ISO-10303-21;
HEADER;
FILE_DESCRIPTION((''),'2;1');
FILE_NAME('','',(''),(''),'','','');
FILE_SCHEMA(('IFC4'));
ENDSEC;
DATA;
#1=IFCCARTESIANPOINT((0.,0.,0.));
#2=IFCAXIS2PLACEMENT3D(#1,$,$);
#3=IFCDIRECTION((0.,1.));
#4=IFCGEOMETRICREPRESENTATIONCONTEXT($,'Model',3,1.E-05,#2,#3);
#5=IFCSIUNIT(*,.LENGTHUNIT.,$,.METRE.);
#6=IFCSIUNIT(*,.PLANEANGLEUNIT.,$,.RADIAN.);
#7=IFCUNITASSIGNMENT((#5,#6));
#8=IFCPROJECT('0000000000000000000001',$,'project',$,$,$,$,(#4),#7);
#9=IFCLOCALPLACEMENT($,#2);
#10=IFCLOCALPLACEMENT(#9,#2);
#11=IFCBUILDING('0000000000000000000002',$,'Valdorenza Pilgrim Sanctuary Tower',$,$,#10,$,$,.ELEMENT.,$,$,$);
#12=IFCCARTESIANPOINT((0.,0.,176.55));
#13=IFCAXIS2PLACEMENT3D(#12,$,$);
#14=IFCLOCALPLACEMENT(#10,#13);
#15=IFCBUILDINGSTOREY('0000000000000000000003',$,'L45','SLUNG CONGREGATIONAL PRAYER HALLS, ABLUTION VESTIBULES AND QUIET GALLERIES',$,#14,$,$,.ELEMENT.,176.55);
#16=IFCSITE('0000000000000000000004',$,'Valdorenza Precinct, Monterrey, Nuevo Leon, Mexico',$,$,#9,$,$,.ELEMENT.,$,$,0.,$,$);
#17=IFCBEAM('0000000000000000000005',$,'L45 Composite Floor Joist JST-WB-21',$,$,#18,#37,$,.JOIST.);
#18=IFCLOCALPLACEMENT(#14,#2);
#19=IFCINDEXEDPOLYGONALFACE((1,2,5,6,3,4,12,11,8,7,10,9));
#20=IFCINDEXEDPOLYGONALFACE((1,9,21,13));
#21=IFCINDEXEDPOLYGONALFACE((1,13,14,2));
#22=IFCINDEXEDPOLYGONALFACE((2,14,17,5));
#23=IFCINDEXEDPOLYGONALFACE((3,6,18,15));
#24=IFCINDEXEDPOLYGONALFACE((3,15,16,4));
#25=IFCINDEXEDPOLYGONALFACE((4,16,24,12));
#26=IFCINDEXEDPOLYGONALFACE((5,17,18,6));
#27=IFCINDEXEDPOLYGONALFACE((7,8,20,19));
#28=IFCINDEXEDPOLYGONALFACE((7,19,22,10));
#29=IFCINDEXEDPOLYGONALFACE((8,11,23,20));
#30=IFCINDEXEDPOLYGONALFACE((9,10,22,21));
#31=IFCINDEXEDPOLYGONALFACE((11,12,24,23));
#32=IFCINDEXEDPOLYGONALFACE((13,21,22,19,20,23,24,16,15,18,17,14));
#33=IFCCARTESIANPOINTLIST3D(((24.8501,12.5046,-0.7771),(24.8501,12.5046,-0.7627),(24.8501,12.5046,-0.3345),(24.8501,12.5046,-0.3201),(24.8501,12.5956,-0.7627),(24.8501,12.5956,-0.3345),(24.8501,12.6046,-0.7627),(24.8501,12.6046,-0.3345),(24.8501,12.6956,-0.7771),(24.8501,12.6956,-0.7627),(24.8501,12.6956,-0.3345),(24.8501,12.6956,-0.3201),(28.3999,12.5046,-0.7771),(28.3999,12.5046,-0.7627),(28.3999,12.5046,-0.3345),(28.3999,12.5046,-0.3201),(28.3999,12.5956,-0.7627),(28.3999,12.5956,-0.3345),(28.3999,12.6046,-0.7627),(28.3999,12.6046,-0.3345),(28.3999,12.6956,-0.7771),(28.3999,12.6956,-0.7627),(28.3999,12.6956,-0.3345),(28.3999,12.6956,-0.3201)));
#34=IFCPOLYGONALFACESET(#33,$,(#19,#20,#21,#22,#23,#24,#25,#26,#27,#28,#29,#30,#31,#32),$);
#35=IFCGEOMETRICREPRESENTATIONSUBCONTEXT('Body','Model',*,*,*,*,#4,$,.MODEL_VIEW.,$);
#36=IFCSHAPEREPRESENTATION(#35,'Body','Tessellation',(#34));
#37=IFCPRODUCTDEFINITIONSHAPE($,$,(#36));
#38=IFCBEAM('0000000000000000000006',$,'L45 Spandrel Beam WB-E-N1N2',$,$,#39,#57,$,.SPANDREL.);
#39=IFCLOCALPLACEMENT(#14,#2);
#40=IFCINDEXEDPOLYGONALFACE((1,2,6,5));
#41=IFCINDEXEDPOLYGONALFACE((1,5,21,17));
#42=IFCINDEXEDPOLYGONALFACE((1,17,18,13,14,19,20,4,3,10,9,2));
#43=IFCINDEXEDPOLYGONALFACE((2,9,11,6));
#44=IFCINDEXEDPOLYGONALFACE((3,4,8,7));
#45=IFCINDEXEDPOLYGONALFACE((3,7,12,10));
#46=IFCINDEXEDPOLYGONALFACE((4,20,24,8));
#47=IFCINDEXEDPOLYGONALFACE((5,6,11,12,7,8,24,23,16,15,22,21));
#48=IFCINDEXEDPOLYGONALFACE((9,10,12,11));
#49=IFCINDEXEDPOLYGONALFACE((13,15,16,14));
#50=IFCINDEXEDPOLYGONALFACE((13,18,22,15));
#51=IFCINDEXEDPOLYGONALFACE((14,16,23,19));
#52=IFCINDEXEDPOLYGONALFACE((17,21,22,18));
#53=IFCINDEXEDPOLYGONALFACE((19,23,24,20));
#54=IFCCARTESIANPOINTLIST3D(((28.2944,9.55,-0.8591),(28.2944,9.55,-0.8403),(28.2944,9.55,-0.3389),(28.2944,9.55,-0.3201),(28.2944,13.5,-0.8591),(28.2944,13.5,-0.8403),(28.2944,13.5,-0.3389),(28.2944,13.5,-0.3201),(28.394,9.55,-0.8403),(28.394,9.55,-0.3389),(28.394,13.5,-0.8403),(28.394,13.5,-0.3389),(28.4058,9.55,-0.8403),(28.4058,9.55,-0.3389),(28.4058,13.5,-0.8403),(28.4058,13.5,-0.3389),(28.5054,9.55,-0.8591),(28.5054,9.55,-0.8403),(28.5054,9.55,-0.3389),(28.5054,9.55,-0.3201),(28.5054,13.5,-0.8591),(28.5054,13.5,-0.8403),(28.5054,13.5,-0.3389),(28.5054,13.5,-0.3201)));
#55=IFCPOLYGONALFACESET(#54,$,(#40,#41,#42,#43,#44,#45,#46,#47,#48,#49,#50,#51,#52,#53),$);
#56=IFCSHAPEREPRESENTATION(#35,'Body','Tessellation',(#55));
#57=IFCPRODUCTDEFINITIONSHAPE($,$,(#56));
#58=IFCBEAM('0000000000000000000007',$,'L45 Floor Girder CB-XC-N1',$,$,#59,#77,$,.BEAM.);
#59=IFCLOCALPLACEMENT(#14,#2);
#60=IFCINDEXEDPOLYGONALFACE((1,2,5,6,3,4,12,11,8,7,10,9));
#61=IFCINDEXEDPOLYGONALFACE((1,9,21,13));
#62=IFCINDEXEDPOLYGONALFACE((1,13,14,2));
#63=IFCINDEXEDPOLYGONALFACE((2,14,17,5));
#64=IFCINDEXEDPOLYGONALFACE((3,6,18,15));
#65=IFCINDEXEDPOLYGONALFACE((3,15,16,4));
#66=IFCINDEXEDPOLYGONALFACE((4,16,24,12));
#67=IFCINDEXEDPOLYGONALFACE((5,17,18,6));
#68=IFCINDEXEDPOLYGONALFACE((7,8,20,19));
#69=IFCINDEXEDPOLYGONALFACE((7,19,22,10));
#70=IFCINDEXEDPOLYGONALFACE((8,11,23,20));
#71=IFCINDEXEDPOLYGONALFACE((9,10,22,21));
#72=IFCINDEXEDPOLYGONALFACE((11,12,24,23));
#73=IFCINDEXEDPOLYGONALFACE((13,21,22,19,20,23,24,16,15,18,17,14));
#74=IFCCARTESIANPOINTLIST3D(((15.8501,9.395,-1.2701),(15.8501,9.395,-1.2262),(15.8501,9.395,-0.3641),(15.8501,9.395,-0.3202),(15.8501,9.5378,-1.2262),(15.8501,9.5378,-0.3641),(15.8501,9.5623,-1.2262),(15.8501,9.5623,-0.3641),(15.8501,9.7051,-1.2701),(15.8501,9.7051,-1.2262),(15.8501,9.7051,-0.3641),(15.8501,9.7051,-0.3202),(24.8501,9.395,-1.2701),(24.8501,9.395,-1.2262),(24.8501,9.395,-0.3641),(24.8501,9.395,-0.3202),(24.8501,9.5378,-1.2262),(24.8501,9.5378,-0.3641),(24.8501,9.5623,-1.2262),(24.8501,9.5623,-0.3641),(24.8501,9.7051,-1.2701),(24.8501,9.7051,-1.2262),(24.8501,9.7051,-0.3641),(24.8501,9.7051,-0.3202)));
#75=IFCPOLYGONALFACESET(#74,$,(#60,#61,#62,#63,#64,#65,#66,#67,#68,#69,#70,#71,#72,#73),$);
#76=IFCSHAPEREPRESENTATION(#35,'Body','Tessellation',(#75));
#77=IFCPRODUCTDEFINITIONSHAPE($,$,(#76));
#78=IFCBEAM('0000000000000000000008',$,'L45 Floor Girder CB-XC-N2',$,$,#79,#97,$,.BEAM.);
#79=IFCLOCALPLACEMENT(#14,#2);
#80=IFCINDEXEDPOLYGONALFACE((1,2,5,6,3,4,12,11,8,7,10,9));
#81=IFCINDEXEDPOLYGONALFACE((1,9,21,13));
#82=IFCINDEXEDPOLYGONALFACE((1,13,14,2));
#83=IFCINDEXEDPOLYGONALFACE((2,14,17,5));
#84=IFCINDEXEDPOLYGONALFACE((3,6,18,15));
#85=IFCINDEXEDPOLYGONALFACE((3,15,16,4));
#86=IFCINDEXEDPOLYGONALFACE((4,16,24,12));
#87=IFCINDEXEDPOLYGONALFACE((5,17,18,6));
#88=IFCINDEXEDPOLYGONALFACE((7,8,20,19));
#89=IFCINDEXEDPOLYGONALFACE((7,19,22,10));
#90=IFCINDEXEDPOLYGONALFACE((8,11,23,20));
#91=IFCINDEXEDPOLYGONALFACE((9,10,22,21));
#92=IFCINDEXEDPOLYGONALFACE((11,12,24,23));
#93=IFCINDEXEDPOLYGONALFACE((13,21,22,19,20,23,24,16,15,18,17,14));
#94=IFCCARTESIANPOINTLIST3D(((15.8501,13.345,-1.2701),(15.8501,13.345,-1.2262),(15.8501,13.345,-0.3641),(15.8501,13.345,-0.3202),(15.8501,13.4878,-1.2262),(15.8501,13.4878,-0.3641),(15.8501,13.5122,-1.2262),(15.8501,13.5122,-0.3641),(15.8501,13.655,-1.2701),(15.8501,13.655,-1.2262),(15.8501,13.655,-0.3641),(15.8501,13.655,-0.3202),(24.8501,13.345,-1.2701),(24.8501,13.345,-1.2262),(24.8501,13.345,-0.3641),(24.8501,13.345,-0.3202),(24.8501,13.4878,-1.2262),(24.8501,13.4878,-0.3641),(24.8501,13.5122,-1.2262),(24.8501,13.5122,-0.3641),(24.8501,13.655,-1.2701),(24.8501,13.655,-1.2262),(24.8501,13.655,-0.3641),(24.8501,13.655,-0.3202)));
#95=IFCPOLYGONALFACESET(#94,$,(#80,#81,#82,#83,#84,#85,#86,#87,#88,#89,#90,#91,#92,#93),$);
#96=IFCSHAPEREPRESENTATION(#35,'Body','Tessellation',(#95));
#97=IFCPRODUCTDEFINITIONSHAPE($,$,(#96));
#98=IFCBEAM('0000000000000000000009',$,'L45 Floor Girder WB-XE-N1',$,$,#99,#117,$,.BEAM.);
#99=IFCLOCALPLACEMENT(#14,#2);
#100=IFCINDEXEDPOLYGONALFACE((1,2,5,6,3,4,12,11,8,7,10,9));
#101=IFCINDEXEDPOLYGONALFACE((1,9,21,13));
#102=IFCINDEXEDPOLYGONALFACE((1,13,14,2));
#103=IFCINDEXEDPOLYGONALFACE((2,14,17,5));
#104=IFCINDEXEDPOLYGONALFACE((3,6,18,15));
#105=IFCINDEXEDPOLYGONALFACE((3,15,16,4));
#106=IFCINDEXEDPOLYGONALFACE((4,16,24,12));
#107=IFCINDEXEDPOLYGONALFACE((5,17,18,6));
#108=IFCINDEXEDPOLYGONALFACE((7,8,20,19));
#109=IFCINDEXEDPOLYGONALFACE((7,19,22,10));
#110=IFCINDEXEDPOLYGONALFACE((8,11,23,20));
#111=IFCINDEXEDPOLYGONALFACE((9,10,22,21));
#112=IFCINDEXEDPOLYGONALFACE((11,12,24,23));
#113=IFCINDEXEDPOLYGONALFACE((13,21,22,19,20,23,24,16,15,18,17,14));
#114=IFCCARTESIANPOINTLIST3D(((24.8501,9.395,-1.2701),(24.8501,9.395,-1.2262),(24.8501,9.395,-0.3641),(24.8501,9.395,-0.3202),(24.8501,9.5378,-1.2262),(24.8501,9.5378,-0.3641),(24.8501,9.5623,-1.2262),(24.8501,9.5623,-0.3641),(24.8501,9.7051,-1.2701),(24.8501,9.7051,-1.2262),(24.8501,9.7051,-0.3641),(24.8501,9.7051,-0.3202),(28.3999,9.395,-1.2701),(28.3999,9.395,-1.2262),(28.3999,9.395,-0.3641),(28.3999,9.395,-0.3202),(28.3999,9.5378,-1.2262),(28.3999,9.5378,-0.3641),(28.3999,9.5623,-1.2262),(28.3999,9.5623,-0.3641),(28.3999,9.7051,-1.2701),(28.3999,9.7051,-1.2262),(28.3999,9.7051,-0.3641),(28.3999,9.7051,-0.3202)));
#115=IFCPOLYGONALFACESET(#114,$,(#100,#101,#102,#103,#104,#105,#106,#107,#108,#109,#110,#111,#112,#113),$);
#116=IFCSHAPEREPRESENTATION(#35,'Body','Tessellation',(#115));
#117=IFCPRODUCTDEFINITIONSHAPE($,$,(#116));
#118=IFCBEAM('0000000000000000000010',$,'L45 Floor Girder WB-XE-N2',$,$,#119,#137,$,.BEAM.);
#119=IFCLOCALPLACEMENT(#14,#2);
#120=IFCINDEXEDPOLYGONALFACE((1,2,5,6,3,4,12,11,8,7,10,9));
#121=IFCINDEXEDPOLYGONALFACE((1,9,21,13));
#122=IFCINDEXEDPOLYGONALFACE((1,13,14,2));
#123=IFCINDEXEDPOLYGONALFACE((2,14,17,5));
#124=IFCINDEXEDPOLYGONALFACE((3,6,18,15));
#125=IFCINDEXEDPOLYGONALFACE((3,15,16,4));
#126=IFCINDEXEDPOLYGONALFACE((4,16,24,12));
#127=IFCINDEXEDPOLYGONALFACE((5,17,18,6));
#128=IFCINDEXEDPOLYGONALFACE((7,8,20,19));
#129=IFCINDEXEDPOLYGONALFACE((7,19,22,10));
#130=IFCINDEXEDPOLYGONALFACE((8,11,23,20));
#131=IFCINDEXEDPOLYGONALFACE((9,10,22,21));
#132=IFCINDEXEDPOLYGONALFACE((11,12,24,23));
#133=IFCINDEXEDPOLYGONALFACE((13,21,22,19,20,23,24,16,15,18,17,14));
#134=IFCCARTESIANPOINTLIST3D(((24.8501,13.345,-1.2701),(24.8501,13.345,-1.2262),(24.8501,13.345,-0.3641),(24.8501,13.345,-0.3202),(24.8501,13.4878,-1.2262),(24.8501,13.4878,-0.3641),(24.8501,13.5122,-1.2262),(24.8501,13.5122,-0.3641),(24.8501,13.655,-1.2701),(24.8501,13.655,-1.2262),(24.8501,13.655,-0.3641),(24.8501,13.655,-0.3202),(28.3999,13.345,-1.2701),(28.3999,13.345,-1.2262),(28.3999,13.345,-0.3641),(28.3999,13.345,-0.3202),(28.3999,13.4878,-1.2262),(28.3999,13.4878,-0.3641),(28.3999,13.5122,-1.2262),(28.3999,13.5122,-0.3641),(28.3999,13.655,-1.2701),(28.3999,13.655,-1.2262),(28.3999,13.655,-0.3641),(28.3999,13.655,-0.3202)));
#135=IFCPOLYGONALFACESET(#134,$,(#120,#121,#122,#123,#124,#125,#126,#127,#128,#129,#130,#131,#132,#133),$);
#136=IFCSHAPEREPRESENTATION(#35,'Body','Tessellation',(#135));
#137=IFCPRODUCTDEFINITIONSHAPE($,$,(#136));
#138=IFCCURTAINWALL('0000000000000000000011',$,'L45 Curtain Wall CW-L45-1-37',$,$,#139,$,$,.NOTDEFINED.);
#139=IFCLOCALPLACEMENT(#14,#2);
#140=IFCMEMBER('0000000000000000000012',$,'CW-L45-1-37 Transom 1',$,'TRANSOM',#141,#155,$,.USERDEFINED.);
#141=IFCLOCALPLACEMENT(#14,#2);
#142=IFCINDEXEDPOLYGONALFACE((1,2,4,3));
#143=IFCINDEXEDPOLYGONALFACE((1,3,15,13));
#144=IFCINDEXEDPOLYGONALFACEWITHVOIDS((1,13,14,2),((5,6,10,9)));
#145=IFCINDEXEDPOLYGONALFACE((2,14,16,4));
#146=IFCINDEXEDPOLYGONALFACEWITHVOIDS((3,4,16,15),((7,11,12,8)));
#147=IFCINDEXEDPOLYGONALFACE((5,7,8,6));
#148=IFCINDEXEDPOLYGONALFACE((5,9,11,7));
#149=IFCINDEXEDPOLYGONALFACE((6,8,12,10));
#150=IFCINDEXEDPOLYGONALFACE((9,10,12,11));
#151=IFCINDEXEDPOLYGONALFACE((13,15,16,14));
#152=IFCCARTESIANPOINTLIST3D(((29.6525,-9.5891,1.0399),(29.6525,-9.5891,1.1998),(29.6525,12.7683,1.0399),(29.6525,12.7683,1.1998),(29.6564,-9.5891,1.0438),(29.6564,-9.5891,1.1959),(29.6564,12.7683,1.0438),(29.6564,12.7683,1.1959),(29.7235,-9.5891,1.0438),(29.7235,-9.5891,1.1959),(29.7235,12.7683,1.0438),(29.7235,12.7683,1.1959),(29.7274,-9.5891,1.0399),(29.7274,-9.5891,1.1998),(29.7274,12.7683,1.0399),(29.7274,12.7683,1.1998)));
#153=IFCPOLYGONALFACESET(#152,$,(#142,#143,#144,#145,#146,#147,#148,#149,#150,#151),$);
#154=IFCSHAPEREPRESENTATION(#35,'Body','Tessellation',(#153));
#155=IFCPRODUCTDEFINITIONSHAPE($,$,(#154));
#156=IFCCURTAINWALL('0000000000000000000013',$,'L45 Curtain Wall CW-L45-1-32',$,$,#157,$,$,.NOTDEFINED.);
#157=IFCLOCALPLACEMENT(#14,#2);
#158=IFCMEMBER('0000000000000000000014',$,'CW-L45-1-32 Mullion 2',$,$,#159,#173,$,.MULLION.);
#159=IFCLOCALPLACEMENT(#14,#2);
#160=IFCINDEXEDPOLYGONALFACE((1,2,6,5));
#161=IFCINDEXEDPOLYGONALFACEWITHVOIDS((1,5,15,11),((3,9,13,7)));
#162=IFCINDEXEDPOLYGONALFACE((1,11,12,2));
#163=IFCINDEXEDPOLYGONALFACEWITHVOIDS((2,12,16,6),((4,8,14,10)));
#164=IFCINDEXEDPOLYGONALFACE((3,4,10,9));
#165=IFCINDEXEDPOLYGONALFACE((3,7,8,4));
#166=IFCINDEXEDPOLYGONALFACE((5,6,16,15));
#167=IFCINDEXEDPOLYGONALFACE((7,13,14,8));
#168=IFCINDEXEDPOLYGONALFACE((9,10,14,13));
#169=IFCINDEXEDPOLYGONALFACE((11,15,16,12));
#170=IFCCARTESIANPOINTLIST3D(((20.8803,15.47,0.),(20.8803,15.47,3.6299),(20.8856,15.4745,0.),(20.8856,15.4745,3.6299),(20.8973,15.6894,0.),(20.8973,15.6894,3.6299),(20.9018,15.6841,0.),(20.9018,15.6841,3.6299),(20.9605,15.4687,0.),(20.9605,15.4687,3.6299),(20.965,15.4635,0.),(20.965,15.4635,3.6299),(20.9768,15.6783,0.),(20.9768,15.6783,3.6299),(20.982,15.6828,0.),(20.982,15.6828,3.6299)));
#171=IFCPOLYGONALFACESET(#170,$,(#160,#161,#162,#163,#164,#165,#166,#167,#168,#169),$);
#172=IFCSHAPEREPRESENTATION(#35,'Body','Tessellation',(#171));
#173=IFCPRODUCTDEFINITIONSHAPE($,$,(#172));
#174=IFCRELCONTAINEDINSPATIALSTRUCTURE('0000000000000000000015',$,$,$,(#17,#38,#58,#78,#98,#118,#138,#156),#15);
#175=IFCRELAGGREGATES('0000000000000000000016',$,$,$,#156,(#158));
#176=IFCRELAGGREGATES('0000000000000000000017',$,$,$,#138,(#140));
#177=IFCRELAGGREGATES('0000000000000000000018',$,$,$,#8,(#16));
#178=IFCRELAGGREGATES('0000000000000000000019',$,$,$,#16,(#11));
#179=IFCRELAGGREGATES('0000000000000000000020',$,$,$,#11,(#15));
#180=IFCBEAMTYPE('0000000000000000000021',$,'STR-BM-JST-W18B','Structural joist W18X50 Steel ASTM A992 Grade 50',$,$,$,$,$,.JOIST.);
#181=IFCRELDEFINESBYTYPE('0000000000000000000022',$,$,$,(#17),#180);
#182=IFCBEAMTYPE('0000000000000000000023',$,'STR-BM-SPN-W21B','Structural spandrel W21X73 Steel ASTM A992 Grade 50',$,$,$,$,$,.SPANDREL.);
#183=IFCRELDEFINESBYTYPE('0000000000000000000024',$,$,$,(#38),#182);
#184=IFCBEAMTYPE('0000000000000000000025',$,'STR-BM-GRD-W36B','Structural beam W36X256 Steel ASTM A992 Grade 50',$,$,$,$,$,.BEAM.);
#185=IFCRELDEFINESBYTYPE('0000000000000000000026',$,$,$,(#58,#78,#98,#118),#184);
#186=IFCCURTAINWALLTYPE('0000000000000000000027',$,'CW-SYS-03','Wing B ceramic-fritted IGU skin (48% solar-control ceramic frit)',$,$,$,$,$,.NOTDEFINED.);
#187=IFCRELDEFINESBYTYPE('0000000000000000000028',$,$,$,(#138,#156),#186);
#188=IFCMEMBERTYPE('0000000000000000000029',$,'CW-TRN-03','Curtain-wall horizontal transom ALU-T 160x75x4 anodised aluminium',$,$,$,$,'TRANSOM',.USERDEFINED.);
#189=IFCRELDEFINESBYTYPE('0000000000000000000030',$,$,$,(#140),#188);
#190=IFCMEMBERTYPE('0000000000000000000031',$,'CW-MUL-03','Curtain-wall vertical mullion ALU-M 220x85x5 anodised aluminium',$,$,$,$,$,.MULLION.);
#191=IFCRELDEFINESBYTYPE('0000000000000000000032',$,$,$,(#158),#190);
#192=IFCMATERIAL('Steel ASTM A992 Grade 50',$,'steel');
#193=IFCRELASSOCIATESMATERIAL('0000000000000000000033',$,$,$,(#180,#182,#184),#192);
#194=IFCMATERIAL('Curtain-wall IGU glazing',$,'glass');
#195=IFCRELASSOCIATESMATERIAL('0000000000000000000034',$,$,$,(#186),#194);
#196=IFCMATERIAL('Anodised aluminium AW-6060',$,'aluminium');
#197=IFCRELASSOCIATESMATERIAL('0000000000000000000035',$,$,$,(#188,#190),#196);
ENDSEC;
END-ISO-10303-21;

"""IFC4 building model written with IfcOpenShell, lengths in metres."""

from ifc_helpers import new_model, si_unit, direction, frame, origin, origin_2d, place, context, subcontext, project, spatial, hollow_rectangle, i_section, extrude, source, transform, mapped, material, material_profile, profile_set, type_object, element, aggregate, save


model = new_model("IFC4")

# Units and contexts
model_context = context("Model", 3, precision=1e-05, world=origin(), true_north=direction((0.0, 1.0)))
body_context = subcontext(model_context, "Body", "Model", "MODEL_VIEW")
ifc_project = project(units=[si_unit("LENGTHUNIT", "METRE"), si_unit("PLANEANGLEUNIT", "RADIAN")], contexts=[model_context])

# Site, building, storey
site_placement = place(None, origin())
site = spatial("IfcSite", under=ifc_project, at=site_placement, Name="Valdorenza Precinct, Monterrey, Nuevo Leon, Mexico", CompositionType="ELEMENT", RefElevation=0.0)
building_placement = place(site_placement, origin())
building = spatial("IfcBuilding", under=site, at=building_placement, Name="Valdorenza Pilgrim Sanctuary Tower", CompositionType="ELEMENT")
storey_placement = place(building_placement, frame((0.0, 0.0, 176.55)))
storey = spatial("IfcBuildingStorey", under=building, at=storey_placement, Name="L45", Description="SLUNG CONGREGATIONAL PRAYER HALLS, ABLUTION VESTIBULES AND QUIET GALLERIES", CompositionType="ELEMENT", Elevation=176.55)

# Shared definitions
ifc_material_1 = material(Name="Steel ASTM A992 Grade 50", Category="steel")

# Beams
ifc_material_profile_1 = material_profile(ifc_material_1, i_section(OverallWidth=0.1909, OverallDepth=0.457, WebThickness=0.009, FlangeThickness=0.0144, at=origin_2d()), Name="W18X50")
ifc_profile_set_1 = profile_set([ifc_material_profile_1], Name="Steel ASTM A992 Grade 50")
beam_type_1 = type_object("IfcBeamType", Name="STR-BM-JST-W18B", Description="Structural joist W18X50 Steel ASTM A992 Grade 50", PredefinedType="JOIST", material=ifc_profile_set_1)
shared_shape_1 = source(origin(), body_context, "Body", "SweptSolid", [
    extrude(i_section(OverallWidth=0.1909, OverallDepth=0.457, WebThickness=0.009, FlangeThickness=0.0144, at=origin_2d()), origin(), (0.0, 0.0, 1.0), 3.5498),
])
for number, where, z_axis, x_axis, name in (
    (1, (24.8501, 12.6001, -0.5486), (1.0, 0.0, 0.0), (0.0, 1.0, 0.0), "L45 Composite Floor Joist JST-WB-21"),
):
    element("IfcBeam", number, at=place(storey_placement, frame(where, z_axis=z_axis, x_axis=x_axis)), inside=storey, type_object=beam_type_1, Name=name, PredefinedType="JOIST", context=body_context, shape_type="MappedRepresentation", body=[
        mapped(shared_shape_1, transform((0.0, 0.0, 0.0), x_axis=(1.0, 0.0, 0.0), y_axis=(0.0, 1.0, 0.0), z_axis=(0.0, 0.0, 1.0), scale=1.0)),
    ])
ifc_material_profile_2 = material_profile(ifc_material_1, i_section(OverallWidth=0.2109, OverallDepth=0.5391, WebThickness=0.0117, FlangeThickness=0.0188, at=origin_2d()), Name="W21X73")
ifc_profile_set_2 = profile_set([ifc_material_profile_2], Name="Steel ASTM A992 Grade 50")
beam_type_2 = type_object("IfcBeamType", Name="STR-BM-SPN-W21B", Description="Structural spandrel W21X73 Steel ASTM A992 Grade 50", PredefinedType="SPANDREL", material=ifc_profile_set_2)
shared_shape_2 = source(origin(), body_context, "Body", "SweptSolid", [
    extrude(i_section(OverallWidth=0.2109, OverallDepth=0.5391, WebThickness=0.0117, FlangeThickness=0.0188, at=origin_2d()), origin(), (0.0, 0.0, 1.0), 3.95),
])
beam_placement = place(storey_placement, frame((28.3999, 9.55, -0.5896), z_axis=(0.0, 1.0, 0.0), x_axis=(-1.0, 0.0, 0.0)))
element("IfcBeam", 2, at=beam_placement, inside=storey, type_object=beam_type_2, Name="L45 Spandrel Beam WB-E-N1N2", PredefinedType="SPANDREL", context=body_context, shape_type="MappedRepresentation", body=[
    mapped(shared_shape_2, transform((0.0, 0.0, 0.0), x_axis=(1.0, 0.0, 0.0), y_axis=(0.0, 1.0, 0.0), z_axis=(0.0, 0.0, 1.0), scale=1.0)),
])
ifc_material_profile_3 = material_profile(ifc_material_1, i_section(OverallWidth=0.3101, OverallDepth=0.95, WebThickness=0.0244, FlangeThickness=0.0439, at=origin_2d()), Name="W36X256")
ifc_profile_set_3 = profile_set([ifc_material_profile_3], Name="Steel ASTM A992 Grade 50")
beam_type_3 = type_object("IfcBeamType", Name="STR-BM-GRD-W36B", Description="Structural beam W36X256 Steel ASTM A992 Grade 50", PredefinedType="BEAM", material=ifc_profile_set_3)
shared_shape_3 = source(origin(), body_context, "Body", "SweptSolid", [
    extrude(i_section(OverallWidth=0.3101, OverallDepth=0.95, WebThickness=0.0244, FlangeThickness=0.0439, at=origin_2d()), origin(), (0.0, 0.0, 1.0), 9.0),
])
for number, where, z_axis, x_axis, name in (
    (3, (15.8501, 9.55, -0.7952), (1.0, 0.0, 0.0), (0.0, 1.0, 0.0), "L45 Floor Girder CB-XC-N1"),
    (4, (15.8501, 13.5, -0.7952), (1.0, 0.0, 0.0), (0.0, 1.0, 0.0), "L45 Floor Girder CB-XC-N2"),
):
    element("IfcBeam", number, at=place(storey_placement, frame(where, z_axis=z_axis, x_axis=x_axis)), inside=storey, type_object=beam_type_3, Name=name, PredefinedType="BEAM", context=body_context, shape_type="MappedRepresentation", body=[
        mapped(shared_shape_3, transform((0.0, 0.0, 0.0), x_axis=(1.0, 0.0, 0.0), y_axis=(0.0, 1.0, 0.0), z_axis=(0.0, 0.0, 1.0), scale=1.0)),
    ])
shared_shape_4 = source(origin(), body_context, "Body", "SweptSolid", [
    extrude(i_section(OverallWidth=0.3101, OverallDepth=0.95, WebThickness=0.0244, FlangeThickness=0.0439, at=origin_2d()), origin(), (0.0, 0.0, 1.0), 3.5498),
])
for number, where, z_axis, x_axis, name in (
    (5, (24.8501, 9.55, -0.7952), (1.0, 0.0, 0.0), (0.0, 1.0, 0.0), "L45 Floor Girder WB-XE-N1"),
    (6, (24.8501, 13.5, -0.7952), (1.0, 0.0, 0.0), (0.0, 1.0, 0.0), "L45 Floor Girder WB-XE-N2"),
):
    element("IfcBeam", number, at=place(storey_placement, frame(where, z_axis=z_axis, x_axis=x_axis)), inside=storey, type_object=beam_type_3, Name=name, PredefinedType="BEAM", context=body_context, shape_type="MappedRepresentation", body=[
        mapped(shared_shape_4, transform((0.0, 0.0, 0.0), x_axis=(1.0, 0.0, 0.0), y_axis=(0.0, 1.0, 0.0), z_axis=(0.0, 0.0, 1.0), scale=1.0)),
    ])

# Curtain wall, member
ifc_material_2 = material(Name="Curtain-wall IGU glazing", Category="glass")
curtain_wall_type = type_object("IfcCurtainWallType", Name="CW-SYS-03", Description="Wing B ceramic-fritted IGU skin (48% solar-control ceramic frit)", PredefinedType="NOTDEFINED", material=ifc_material_2)
curtain_wall_1_placement = place(storey_placement, origin())
curtain_wall_1 = element("IfcCurtainWall", 7, at=curtain_wall_1_placement, inside=storey, type_object=curtain_wall_type, Name="L45 Curtain Wall CW-L45-1-37", PredefinedType="NOTDEFINED")
ifc_material_3 = material(Name="Anodised aluminium AW-6060", Category="aluminium")
ifc_material_profile_4 = material_profile(ifc_material_3, hollow_rectangle(XDim=0.075, YDim=0.1599, WallThickness=0.0039, at=origin_2d()), Name="ALU-T 160x75x4")
ifc_profile_set_4 = profile_set([ifc_material_profile_4], Name="Anodised aluminium AW-6060")
member_type_1 = type_object("IfcMemberType", Name="CW-TRN-03", Description="Curtain-wall horizontal transom ALU-T 160x75x4 anodised aluminium", ElementType="TRANSOM", PredefinedType="USERDEFINED", material=ifc_profile_set_4)
shared_shape_5 = source(origin(), body_context, "Body", "SweptSolid", [
    extrude(hollow_rectangle(XDim=0.075, YDim=0.1599, WallThickness=0.0039, at=origin_2d()), origin(), (0.0, 0.0, 1.0), 22.3574),
])
member_1_placement = place(storey_placement, frame((29.6899, 12.7683, 1.1199), z_axis=(0.0, -1.0, 0.0), x_axis=(1.0, 0.0, 0.0)))
member_1 = element("IfcMember", 8, at=member_1_placement, type_object=member_type_1, Name="CW-L45-1-37 Transom 1", ObjectType="TRANSOM", PredefinedType="USERDEFINED", context=body_context, shape_type="MappedRepresentation", body=[
    mapped(shared_shape_5, transform((0.0, 0.0, 0.0), x_axis=(1.0, 0.0, 0.0), y_axis=(0.0, 1.0, 0.0), z_axis=(0.0, 0.0, 1.0), scale=1.0)),
])

# Curtain wall, member
curtain_wall_2_placement = place(storey_placement, origin())
curtain_wall_2 = element("IfcCurtainWall", 9, at=curtain_wall_2_placement, inside=storey, type_object=curtain_wall_type, Name="L45 Curtain Wall CW-L45-1-32", PredefinedType="NOTDEFINED")
ifc_material_profile_5 = material_profile(ifc_material_3, hollow_rectangle(XDim=0.085, YDim=0.22, WallThickness=0.0049, at=origin_2d()), Name="ALU-M 220x85x5")
ifc_profile_set_5 = profile_set([ifc_material_profile_5], Name="Anodised aluminium AW-6060")
member_type_2 = type_object("IfcMemberType", Name="CW-MUL-03", Description="Curtain-wall vertical mullion ALU-M 220x85x5 anodised aluminium", PredefinedType="MULLION", material=ifc_profile_set_5)
shared_shape_6 = source(origin(), body_context, "Body", "SweptSolid", [
    extrude(hollow_rectangle(XDim=0.085, YDim=0.22, WallThickness=0.0049, at=origin_2d()), origin(), (0.0, 0.0, 1.0), 3.6299),
])
member_2_placement = place(storey_placement, frame((20.9312, 15.5764, 0.0), z_axis=(0.0, 0.0, 1.0), x_axis=(0.997016, -0.077189, 0.0)))
member_2 = element("IfcMember", 10, at=member_2_placement, type_object=member_type_2, Name="CW-L45-1-32 Mullion 2", PredefinedType="MULLION", context=body_context, shape_type="MappedRepresentation", body=[
    mapped(shared_shape_6, transform((0.0, 0.0, 0.0), x_axis=(1.0, 0.0, 0.0), y_axis=(0.0, 1.0, 0.0), z_axis=(0.0, 0.0, 1.0), scale=1.0)),
])

aggregate(curtain_wall_2, [member_2])
aggregate(curtain_wall_1, [member_1])

save(model, "model.ifc")
